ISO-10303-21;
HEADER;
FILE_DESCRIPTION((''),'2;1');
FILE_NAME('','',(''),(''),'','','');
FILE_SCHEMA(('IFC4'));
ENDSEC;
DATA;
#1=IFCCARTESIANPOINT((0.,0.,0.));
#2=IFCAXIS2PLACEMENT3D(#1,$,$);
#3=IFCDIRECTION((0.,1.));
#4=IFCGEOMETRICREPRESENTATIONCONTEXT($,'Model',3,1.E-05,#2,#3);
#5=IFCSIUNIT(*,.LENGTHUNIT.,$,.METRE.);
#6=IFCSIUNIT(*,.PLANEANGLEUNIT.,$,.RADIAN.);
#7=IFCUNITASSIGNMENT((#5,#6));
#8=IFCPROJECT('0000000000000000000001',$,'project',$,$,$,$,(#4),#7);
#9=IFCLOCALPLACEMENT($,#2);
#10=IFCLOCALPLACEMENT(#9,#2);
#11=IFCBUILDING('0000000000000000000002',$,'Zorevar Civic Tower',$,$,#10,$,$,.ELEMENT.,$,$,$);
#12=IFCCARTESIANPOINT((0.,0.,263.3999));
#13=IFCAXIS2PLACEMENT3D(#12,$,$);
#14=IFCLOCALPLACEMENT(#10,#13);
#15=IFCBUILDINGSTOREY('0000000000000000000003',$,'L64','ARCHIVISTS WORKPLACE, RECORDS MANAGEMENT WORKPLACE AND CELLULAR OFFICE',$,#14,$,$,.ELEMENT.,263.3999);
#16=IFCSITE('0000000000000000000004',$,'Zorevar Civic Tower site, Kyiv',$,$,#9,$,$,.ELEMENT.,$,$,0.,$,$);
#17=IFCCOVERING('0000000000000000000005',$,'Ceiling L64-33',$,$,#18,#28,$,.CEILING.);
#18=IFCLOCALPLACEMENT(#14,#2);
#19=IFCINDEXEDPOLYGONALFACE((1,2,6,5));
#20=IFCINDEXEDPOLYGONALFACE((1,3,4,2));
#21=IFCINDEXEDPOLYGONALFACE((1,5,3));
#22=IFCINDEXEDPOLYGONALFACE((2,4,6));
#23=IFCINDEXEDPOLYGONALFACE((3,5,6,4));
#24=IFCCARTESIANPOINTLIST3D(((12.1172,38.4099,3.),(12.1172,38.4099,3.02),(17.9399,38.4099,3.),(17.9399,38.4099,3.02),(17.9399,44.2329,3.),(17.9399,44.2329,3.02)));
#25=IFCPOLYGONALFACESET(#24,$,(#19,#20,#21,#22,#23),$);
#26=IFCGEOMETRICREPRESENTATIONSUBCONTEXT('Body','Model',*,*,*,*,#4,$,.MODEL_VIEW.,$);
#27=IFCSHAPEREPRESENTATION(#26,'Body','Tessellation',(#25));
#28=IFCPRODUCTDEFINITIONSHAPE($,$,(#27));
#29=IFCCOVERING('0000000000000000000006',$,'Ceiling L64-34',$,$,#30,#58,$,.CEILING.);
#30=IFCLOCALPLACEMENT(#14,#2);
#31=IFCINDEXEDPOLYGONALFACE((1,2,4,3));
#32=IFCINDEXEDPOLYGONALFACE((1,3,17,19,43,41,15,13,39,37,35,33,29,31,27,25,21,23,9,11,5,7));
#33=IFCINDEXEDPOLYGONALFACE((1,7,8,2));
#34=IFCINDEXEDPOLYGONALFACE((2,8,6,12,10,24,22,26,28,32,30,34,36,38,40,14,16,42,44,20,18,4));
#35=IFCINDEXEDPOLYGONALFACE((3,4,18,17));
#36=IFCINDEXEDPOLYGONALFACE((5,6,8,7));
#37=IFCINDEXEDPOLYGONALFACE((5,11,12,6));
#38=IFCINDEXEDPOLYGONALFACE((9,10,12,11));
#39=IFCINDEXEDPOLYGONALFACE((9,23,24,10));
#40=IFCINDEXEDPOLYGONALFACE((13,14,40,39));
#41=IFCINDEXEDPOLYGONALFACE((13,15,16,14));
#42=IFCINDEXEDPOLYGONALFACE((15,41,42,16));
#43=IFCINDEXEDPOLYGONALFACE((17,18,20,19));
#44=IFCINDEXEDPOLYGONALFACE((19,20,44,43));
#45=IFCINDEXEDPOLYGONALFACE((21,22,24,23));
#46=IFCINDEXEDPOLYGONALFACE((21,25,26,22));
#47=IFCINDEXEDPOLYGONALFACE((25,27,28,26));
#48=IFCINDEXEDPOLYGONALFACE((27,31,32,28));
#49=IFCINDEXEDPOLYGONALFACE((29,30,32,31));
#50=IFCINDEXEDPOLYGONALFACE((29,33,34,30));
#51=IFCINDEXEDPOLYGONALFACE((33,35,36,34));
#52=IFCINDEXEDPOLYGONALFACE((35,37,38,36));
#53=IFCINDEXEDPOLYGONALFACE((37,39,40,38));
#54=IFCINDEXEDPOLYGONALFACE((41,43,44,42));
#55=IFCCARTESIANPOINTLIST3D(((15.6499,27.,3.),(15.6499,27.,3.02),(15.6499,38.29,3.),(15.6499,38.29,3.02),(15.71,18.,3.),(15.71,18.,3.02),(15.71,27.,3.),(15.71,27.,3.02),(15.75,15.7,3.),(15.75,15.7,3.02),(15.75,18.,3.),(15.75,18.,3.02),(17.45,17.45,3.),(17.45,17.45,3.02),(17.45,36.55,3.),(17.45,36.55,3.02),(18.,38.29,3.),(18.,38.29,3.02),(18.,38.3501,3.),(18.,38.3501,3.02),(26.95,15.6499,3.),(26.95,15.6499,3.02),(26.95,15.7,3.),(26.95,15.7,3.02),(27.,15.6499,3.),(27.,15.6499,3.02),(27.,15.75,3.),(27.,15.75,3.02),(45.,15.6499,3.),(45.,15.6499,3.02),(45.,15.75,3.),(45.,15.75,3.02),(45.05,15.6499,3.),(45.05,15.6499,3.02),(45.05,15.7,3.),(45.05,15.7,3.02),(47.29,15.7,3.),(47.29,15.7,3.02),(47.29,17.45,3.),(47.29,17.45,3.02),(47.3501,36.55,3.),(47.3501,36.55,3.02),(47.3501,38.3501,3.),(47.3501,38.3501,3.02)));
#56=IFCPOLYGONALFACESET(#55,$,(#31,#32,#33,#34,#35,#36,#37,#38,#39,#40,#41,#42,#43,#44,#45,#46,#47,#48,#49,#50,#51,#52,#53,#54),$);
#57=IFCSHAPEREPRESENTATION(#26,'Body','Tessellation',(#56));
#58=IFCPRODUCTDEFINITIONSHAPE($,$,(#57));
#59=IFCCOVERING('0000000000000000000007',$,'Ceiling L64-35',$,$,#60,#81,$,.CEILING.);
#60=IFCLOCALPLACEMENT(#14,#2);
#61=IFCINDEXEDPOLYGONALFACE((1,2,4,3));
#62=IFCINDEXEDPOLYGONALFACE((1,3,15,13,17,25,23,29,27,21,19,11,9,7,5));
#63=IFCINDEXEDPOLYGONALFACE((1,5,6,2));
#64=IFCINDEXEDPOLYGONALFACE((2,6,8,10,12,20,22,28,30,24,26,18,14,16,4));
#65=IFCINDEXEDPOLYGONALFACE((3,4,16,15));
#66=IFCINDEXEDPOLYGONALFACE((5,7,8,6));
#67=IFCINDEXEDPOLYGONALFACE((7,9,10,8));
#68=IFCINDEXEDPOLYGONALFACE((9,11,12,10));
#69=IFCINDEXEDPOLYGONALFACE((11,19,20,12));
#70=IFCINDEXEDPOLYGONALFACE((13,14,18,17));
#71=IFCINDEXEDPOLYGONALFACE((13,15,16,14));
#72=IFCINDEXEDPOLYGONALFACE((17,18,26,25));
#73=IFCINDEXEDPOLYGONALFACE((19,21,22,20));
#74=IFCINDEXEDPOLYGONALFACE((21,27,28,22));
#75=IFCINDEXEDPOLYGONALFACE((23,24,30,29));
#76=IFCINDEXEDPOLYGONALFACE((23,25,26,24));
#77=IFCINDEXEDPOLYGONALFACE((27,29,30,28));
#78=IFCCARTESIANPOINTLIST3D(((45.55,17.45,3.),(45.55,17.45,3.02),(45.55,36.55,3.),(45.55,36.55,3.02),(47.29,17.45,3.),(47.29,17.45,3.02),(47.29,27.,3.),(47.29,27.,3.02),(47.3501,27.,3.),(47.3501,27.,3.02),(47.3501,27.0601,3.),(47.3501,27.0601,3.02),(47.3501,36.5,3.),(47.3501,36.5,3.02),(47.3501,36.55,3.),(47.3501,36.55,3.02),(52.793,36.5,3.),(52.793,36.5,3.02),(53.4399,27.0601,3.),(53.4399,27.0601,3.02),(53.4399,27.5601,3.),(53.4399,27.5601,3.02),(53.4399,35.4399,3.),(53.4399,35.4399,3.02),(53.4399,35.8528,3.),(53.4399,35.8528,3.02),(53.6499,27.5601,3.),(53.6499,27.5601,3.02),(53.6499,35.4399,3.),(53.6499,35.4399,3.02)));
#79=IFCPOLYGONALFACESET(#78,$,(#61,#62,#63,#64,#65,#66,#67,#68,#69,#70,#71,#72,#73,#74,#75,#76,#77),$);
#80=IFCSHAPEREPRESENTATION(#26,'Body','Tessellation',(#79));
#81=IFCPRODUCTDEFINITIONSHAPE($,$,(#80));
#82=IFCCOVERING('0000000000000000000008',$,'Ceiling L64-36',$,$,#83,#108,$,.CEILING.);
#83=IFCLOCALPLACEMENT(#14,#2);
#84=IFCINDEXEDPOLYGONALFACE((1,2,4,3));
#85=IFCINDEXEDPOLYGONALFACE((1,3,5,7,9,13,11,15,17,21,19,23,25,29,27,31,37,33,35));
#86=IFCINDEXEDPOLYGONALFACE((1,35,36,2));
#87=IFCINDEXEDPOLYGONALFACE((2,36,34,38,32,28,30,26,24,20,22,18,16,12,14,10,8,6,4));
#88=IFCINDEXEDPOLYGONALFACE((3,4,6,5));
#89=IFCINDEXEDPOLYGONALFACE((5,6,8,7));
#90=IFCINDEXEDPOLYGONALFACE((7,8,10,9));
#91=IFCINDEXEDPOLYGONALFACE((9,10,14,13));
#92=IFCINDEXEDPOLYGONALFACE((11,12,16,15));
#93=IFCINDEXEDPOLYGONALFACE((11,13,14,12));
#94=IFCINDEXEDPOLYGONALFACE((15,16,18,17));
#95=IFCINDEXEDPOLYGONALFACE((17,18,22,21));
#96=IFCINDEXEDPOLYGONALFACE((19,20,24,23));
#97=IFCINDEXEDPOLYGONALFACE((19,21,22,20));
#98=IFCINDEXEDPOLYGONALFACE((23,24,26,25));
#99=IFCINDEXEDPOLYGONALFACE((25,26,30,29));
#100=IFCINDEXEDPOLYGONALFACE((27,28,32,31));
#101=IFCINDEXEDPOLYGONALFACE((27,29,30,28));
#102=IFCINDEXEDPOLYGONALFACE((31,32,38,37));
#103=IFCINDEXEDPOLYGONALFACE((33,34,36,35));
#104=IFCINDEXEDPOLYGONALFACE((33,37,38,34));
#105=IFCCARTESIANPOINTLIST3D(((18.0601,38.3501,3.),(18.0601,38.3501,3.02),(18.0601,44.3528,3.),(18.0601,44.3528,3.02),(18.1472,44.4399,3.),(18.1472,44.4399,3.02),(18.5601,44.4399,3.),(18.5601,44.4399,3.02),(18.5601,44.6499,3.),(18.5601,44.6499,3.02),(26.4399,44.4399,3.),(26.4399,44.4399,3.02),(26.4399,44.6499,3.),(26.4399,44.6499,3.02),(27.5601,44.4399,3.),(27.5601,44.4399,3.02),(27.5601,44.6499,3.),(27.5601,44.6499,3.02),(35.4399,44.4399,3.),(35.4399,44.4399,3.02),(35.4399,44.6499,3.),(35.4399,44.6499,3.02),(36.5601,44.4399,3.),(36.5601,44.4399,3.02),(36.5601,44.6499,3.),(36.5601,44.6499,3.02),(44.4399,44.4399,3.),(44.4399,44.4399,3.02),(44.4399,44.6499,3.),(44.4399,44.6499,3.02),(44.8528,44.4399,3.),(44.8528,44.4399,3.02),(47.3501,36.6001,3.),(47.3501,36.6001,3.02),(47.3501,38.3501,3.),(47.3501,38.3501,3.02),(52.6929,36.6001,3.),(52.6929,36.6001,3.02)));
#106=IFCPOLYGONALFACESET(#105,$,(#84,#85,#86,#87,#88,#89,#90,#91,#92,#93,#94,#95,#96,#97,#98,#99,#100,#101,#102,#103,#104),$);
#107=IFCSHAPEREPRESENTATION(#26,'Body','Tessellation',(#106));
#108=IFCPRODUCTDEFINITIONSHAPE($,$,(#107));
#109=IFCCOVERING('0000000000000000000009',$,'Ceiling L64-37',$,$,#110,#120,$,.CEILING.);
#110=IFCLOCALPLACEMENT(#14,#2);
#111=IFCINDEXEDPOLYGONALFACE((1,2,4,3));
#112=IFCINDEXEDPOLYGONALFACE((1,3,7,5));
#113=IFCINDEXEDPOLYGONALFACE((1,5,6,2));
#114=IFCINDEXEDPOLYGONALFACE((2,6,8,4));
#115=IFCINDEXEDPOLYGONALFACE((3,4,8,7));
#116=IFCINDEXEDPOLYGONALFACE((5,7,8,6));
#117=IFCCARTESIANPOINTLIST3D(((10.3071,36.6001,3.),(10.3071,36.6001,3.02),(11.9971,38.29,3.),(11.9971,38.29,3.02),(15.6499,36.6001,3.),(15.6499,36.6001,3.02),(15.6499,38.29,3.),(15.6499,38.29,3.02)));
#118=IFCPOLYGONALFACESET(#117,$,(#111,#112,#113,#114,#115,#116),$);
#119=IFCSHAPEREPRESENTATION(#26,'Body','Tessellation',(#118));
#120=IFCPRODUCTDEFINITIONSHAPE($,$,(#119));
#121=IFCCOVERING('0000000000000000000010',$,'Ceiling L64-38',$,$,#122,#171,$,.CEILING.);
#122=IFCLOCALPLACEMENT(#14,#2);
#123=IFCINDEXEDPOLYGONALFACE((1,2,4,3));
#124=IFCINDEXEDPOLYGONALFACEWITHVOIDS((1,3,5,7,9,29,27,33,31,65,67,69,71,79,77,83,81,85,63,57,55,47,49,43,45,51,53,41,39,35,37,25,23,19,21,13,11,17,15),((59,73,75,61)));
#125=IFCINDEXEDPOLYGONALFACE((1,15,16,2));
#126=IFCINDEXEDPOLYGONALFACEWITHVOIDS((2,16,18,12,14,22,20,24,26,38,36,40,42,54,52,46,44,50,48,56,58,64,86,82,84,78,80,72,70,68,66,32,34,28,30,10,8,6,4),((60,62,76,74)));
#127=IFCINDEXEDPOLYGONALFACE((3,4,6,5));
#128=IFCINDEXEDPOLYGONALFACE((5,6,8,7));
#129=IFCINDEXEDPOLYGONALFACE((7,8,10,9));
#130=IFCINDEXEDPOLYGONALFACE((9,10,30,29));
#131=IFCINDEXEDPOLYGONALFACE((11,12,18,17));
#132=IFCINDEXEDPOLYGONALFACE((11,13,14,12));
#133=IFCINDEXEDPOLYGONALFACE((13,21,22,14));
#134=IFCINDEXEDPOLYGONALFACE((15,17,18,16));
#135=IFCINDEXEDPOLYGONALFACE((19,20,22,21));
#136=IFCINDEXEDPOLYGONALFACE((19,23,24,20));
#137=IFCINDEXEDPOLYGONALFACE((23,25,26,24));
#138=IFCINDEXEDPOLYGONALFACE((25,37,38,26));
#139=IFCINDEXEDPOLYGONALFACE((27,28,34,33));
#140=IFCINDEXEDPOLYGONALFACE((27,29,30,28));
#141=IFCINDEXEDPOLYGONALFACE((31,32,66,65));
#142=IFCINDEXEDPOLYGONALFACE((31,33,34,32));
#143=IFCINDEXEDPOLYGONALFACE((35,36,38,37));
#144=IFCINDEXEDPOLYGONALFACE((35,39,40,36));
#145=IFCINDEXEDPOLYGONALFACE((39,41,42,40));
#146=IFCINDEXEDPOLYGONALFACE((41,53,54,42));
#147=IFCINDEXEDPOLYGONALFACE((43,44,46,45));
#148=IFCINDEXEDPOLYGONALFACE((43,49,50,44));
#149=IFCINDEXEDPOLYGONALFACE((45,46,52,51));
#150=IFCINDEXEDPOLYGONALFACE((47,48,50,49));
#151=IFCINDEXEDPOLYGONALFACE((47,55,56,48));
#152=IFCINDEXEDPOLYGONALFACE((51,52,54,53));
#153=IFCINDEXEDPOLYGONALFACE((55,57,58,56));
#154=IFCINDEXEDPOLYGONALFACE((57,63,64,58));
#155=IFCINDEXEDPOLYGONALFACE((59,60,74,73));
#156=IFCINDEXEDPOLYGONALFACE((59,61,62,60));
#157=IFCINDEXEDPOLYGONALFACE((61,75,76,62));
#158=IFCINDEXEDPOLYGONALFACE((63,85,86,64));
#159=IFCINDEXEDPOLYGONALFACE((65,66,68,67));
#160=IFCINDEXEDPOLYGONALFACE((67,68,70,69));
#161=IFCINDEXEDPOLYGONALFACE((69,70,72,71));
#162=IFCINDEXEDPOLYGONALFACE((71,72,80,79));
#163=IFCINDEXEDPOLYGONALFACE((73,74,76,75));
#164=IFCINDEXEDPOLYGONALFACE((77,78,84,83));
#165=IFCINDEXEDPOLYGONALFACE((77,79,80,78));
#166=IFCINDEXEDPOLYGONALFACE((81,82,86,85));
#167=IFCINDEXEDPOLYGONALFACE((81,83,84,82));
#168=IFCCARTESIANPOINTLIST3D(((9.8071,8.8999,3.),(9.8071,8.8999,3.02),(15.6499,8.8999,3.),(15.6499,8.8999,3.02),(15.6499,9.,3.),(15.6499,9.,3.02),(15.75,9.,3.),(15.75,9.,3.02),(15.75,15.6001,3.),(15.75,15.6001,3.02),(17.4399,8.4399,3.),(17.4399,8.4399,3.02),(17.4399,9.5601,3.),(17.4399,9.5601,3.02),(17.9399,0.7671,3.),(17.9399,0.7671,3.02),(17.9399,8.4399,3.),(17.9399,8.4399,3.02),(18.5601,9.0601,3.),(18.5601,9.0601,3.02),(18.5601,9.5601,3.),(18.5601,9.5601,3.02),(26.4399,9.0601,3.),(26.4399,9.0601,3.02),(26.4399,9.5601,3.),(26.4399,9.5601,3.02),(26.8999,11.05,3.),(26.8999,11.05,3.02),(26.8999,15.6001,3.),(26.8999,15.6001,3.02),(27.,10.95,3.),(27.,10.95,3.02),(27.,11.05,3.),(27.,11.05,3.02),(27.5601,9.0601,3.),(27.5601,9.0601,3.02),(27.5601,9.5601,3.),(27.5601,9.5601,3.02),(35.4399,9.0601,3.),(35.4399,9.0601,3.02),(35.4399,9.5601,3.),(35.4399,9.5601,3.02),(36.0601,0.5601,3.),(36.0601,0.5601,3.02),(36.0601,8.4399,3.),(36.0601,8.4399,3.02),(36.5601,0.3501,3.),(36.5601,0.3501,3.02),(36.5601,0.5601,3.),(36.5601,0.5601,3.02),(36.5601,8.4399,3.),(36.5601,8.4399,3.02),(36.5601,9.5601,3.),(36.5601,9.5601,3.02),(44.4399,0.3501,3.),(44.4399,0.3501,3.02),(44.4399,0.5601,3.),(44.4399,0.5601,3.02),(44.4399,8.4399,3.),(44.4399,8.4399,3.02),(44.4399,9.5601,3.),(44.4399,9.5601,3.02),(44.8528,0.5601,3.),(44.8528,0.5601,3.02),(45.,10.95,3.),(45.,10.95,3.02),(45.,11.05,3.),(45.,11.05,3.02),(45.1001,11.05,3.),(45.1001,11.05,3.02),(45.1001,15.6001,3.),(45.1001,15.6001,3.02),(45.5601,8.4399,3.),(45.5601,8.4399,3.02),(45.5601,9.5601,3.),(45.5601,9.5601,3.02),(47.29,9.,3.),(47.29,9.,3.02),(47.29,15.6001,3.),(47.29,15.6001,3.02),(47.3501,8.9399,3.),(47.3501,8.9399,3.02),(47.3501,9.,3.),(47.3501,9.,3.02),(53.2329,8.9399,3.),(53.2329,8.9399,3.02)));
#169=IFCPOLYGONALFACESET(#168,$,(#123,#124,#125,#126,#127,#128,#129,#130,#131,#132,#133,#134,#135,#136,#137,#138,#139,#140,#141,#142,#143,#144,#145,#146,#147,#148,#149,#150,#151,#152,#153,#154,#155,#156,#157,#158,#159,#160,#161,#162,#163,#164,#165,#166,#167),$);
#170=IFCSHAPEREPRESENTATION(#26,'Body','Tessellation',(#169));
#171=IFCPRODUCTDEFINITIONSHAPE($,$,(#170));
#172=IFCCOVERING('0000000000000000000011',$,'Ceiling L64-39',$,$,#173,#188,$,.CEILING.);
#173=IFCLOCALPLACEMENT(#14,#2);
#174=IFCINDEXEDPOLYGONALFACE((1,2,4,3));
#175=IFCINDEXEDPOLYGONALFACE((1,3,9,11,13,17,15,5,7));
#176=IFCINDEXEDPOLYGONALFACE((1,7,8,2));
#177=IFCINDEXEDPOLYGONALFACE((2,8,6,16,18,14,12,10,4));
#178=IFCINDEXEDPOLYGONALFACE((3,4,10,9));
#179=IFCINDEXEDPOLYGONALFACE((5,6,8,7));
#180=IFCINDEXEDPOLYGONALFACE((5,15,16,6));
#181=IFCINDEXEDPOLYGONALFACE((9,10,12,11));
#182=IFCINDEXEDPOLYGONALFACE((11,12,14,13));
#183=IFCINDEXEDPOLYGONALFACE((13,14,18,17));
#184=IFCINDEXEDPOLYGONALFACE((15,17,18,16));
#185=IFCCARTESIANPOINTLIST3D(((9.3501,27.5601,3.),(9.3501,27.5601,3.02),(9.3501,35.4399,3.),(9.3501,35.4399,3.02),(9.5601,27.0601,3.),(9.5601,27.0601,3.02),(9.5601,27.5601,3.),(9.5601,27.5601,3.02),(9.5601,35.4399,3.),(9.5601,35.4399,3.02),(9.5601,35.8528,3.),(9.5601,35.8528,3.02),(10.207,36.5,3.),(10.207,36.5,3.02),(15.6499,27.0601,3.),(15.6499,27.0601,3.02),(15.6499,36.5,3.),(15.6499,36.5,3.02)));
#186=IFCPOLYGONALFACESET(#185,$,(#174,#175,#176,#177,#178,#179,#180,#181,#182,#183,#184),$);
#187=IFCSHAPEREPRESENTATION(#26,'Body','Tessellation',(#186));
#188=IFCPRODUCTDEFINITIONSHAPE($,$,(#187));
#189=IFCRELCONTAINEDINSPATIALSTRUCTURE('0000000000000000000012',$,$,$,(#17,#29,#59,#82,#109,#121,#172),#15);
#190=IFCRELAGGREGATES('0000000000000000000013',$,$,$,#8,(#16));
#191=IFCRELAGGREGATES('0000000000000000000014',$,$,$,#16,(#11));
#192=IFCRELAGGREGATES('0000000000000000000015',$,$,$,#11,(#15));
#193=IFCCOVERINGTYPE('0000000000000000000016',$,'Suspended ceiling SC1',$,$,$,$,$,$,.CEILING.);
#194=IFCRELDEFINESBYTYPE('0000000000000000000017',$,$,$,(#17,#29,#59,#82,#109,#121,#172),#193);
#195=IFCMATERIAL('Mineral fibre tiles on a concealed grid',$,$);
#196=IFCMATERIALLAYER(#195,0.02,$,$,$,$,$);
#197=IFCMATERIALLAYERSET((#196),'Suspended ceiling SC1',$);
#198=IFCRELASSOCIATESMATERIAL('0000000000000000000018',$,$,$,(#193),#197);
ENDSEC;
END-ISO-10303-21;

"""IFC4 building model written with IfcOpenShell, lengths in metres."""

from ifc_helpers import new_model, si_unit, direction, frame, origin, place, context, subcontext, project, spatial, polyline, outline, extrude, material, layer, layer_set, type_object, element, save


model = new_model("IFC4")

# Units and contexts
model_context = context("Model", 3, precision=1e-05, world=origin(), true_north=direction((0.0, 1.0)))
body_context = subcontext(model_context, "Body", "Model", "MODEL_VIEW")
ifc_project = project(units=[si_unit("LENGTHUNIT", "METRE"), si_unit("PLANEANGLEUNIT", "RADIAN")], contexts=[model_context])

# Site, building, storey
site_placement = place(None, origin())
site = spatial("IfcSite", under=ifc_project, at=site_placement, Name="Zorevar Civic Tower site, Kyiv", CompositionType="ELEMENT", RefElevation=0.0)
building_placement = place(site_placement, origin())
building = spatial("IfcBuilding", under=site, at=building_placement, Name="Zorevar Civic Tower", CompositionType="ELEMENT")
storey_placement = place(building_placement, frame((0.0, 0.0, 263.3999)))
storey = spatial("IfcBuildingStorey", under=building, at=storey_placement, Name="L64", Description="ARCHIVISTS WORKPLACE, RECORDS MANAGEMENT WORKPLACE AND CELLULAR OFFICE", CompositionType="ELEMENT", Elevation=263.3999)

# Coverings
ifc_material_1 = material(Name="Mineral fibre tiles on a concealed grid")
ifc_layer_1 = layer(ifc_material_1, 0.02)
ifc_layer_set_1 = layer_set([ifc_layer_1], Name="Suspended ceiling SC1")
covering_type_1 = type_object("IfcCoveringType", Name="Suspended ceiling SC1", PredefinedType="CEILING", material=ifc_layer_set_1)
covering_1_placement = place(storey_placement, frame((0.0, 0.0, 3.0)))
element("IfcCovering", 1, at=covering_1_placement, inside=storey, type_object=covering_type_1, Name="Ceiling L64-33", PredefinedType="CEILING", context=body_context, shape_type="SweptSolid", body=[
    extrude(outline(polyline([(17.9399, 38.4099), (12.1172, 38.4099), (17.9399, 44.2329), (17.9399, 38.4099)])), origin(), (0.0, 0.0, 1.0), 0.02),
])
covering_2_placement = place(storey_placement, frame((0.0, 0.0, 3.0)))
element("IfcCovering", 2, at=covering_2_placement, inside=storey, type_object=covering_type_1, Name="Ceiling L64-34", PredefinedType="CEILING", context=body_context, shape_type="SweptSolid", body=[
    extrude(outline(polyline([(15.6499, 27.0), (15.6499, 38.29), (18.0, 38.29), (18.0, 38.3501), (47.3501, 38.3501), (47.3501, 36.55), (17.45, 36.55), (17.45, 17.45), (47.29, 17.45), (47.29, 15.7), (45.05, 15.7), (45.05, 15.6499), (45.0, 15.6499), (45.0, 15.75), (27.0, 15.75), (27.0, 15.6499), (26.95, 15.6499), (26.95, 15.7), (15.75, 15.7), (15.75, 18.0), (15.71, 18.0), (15.71, 27.0), (15.6499, 27.0)])), origin(), (0.0, 0.0, 1.0), 0.02),
])
covering_3_placement = place(storey_placement, frame((0.0, 0.0, 3.0)))
element("IfcCovering", 3, at=covering_3_placement, inside=storey, type_object=covering_type_1, Name="Ceiling L64-35", PredefinedType="CEILING", context=body_context, shape_type="SweptSolid", body=[
    extrude(outline(polyline([(47.29, 27.0), (47.29, 17.45), (45.55, 17.45), (45.55, 36.55), (47.3501, 36.55), (47.3501, 36.5), (52.793, 36.5), (53.4399, 35.8528), (53.4399, 35.4399), (53.6499, 35.4399), (53.6499, 27.5601), (53.4399, 27.5601), (53.4399, 27.0601), (47.3501, 27.0601), (47.3501, 27.0), (47.29, 27.0)])), origin(), (0.0, 0.0, 1.0), 0.02),
])
covering_4_placement = place(storey_placement, frame((0.0, 0.0, 3.0)))
element("IfcCovering", 4, at=covering_4_placement, inside=storey, type_object=covering_type_1, Name="Ceiling L64-36", PredefinedType="CEILING", context=body_context, shape_type="SweptSolid", body=[
    extrude(outline(polyline([(47.3501, 38.3501), (18.0601, 38.3501), (18.0601, 44.3528), (18.1472, 44.4399), (18.5601, 44.4399), (18.5601, 44.6499), (26.4399, 44.6499), (26.4399, 44.4399), (27.5601, 44.4399), (27.5601, 44.6499), (35.4399, 44.6499), (35.4399, 44.4399), (36.5601, 44.4399), (36.5601, 44.6499), (44.4399, 44.6499), (44.4399, 44.4399), (44.8528, 44.4399), (52.6929, 36.6001), (47.3501, 36.6001), (47.3501, 38.3501)])), origin(), (0.0, 0.0, 1.0), 0.02),
])
covering_5_placement = place(storey_placement, frame((0.0, 0.0, 3.0)))
element("IfcCovering", 5, at=covering_5_placement, inside=storey, type_object=covering_type_1, Name="Ceiling L64-37", PredefinedType="CEILING", context=body_context, shape_type="SweptSolid", body=[
    extrude(outline(polyline([(15.6499, 38.29), (15.6499, 36.6001), (10.3071, 36.6001), (11.9971, 38.29), (15.6499, 38.29)])), origin(), (0.0, 0.0, 1.0), 0.02),
])
covering_6_placement = place(storey_placement, frame((0.0, 0.0, 3.0)))
element("IfcCovering", 6, at=covering_6_placement, inside=storey, type_object=covering_type_1, Name="Ceiling L64-38", PredefinedType="CEILING", context=body_context, shape_type="SweptSolid", body=[
    extrude(outline(polyline([(15.6499, 8.8999), (15.6499, 9.0), (15.75, 9.0), (15.75, 15.6001), (26.8999, 15.6001), (26.8999, 11.05), (27.0, 11.05), (27.0, 10.95), (45.0, 10.95), (45.0, 11.05), (45.1001, 11.05), (45.1001, 15.6001), (47.29, 15.6001), (47.29, 9.0), (47.3501, 9.0), (47.3501, 8.9399), (53.2329, 8.9399), (44.8528, 0.5601), (44.4399, 0.5601), (44.4399, 0.3501), (36.5601, 0.3501), (36.5601, 0.5601), (36.0601, 0.5601), (36.0601, 8.4399), (36.5601, 8.4399), (36.5601, 9.5601), (35.4399, 9.5601), (35.4399, 9.0601), (27.5601, 9.0601), (27.5601, 9.5601), (26.4399, 9.5601), (26.4399, 9.0601), (18.5601, 9.0601), (18.5601, 9.5601), (17.4399, 9.5601), (17.4399, 8.4399), (17.9399, 8.4399), (17.9399, 0.7671), (9.8071, 8.8999), (15.6499, 8.8999)]), holes=[polyline([(45.5601, 8.4399), (45.5601, 9.5601), (44.4399, 9.5601), (44.4399, 8.4399), (45.5601, 8.4399)])]), origin(), (0.0, 0.0, 1.0), 0.02),
])
covering_7_placement = place(storey_placement, frame((0.0, 0.0, 3.0)))
element("IfcCovering", 7, at=covering_7_placement, inside=storey, type_object=covering_type_1, Name="Ceiling L64-39", PredefinedType="CEILING", context=body_context, shape_type="SweptSolid", body=[
    extrude(outline(polyline([(9.3501, 27.5601), (9.3501, 35.4399), (9.5601, 35.4399), (9.5601, 35.8528), (10.207, 36.5), (15.6499, 36.5), (15.6499, 27.0601), (9.5601, 27.0601), (9.5601, 27.5601), (9.3501, 27.5601)])), origin(), (0.0, 0.0, 1.0), 0.02),
])

save(model, "model.ifc")
